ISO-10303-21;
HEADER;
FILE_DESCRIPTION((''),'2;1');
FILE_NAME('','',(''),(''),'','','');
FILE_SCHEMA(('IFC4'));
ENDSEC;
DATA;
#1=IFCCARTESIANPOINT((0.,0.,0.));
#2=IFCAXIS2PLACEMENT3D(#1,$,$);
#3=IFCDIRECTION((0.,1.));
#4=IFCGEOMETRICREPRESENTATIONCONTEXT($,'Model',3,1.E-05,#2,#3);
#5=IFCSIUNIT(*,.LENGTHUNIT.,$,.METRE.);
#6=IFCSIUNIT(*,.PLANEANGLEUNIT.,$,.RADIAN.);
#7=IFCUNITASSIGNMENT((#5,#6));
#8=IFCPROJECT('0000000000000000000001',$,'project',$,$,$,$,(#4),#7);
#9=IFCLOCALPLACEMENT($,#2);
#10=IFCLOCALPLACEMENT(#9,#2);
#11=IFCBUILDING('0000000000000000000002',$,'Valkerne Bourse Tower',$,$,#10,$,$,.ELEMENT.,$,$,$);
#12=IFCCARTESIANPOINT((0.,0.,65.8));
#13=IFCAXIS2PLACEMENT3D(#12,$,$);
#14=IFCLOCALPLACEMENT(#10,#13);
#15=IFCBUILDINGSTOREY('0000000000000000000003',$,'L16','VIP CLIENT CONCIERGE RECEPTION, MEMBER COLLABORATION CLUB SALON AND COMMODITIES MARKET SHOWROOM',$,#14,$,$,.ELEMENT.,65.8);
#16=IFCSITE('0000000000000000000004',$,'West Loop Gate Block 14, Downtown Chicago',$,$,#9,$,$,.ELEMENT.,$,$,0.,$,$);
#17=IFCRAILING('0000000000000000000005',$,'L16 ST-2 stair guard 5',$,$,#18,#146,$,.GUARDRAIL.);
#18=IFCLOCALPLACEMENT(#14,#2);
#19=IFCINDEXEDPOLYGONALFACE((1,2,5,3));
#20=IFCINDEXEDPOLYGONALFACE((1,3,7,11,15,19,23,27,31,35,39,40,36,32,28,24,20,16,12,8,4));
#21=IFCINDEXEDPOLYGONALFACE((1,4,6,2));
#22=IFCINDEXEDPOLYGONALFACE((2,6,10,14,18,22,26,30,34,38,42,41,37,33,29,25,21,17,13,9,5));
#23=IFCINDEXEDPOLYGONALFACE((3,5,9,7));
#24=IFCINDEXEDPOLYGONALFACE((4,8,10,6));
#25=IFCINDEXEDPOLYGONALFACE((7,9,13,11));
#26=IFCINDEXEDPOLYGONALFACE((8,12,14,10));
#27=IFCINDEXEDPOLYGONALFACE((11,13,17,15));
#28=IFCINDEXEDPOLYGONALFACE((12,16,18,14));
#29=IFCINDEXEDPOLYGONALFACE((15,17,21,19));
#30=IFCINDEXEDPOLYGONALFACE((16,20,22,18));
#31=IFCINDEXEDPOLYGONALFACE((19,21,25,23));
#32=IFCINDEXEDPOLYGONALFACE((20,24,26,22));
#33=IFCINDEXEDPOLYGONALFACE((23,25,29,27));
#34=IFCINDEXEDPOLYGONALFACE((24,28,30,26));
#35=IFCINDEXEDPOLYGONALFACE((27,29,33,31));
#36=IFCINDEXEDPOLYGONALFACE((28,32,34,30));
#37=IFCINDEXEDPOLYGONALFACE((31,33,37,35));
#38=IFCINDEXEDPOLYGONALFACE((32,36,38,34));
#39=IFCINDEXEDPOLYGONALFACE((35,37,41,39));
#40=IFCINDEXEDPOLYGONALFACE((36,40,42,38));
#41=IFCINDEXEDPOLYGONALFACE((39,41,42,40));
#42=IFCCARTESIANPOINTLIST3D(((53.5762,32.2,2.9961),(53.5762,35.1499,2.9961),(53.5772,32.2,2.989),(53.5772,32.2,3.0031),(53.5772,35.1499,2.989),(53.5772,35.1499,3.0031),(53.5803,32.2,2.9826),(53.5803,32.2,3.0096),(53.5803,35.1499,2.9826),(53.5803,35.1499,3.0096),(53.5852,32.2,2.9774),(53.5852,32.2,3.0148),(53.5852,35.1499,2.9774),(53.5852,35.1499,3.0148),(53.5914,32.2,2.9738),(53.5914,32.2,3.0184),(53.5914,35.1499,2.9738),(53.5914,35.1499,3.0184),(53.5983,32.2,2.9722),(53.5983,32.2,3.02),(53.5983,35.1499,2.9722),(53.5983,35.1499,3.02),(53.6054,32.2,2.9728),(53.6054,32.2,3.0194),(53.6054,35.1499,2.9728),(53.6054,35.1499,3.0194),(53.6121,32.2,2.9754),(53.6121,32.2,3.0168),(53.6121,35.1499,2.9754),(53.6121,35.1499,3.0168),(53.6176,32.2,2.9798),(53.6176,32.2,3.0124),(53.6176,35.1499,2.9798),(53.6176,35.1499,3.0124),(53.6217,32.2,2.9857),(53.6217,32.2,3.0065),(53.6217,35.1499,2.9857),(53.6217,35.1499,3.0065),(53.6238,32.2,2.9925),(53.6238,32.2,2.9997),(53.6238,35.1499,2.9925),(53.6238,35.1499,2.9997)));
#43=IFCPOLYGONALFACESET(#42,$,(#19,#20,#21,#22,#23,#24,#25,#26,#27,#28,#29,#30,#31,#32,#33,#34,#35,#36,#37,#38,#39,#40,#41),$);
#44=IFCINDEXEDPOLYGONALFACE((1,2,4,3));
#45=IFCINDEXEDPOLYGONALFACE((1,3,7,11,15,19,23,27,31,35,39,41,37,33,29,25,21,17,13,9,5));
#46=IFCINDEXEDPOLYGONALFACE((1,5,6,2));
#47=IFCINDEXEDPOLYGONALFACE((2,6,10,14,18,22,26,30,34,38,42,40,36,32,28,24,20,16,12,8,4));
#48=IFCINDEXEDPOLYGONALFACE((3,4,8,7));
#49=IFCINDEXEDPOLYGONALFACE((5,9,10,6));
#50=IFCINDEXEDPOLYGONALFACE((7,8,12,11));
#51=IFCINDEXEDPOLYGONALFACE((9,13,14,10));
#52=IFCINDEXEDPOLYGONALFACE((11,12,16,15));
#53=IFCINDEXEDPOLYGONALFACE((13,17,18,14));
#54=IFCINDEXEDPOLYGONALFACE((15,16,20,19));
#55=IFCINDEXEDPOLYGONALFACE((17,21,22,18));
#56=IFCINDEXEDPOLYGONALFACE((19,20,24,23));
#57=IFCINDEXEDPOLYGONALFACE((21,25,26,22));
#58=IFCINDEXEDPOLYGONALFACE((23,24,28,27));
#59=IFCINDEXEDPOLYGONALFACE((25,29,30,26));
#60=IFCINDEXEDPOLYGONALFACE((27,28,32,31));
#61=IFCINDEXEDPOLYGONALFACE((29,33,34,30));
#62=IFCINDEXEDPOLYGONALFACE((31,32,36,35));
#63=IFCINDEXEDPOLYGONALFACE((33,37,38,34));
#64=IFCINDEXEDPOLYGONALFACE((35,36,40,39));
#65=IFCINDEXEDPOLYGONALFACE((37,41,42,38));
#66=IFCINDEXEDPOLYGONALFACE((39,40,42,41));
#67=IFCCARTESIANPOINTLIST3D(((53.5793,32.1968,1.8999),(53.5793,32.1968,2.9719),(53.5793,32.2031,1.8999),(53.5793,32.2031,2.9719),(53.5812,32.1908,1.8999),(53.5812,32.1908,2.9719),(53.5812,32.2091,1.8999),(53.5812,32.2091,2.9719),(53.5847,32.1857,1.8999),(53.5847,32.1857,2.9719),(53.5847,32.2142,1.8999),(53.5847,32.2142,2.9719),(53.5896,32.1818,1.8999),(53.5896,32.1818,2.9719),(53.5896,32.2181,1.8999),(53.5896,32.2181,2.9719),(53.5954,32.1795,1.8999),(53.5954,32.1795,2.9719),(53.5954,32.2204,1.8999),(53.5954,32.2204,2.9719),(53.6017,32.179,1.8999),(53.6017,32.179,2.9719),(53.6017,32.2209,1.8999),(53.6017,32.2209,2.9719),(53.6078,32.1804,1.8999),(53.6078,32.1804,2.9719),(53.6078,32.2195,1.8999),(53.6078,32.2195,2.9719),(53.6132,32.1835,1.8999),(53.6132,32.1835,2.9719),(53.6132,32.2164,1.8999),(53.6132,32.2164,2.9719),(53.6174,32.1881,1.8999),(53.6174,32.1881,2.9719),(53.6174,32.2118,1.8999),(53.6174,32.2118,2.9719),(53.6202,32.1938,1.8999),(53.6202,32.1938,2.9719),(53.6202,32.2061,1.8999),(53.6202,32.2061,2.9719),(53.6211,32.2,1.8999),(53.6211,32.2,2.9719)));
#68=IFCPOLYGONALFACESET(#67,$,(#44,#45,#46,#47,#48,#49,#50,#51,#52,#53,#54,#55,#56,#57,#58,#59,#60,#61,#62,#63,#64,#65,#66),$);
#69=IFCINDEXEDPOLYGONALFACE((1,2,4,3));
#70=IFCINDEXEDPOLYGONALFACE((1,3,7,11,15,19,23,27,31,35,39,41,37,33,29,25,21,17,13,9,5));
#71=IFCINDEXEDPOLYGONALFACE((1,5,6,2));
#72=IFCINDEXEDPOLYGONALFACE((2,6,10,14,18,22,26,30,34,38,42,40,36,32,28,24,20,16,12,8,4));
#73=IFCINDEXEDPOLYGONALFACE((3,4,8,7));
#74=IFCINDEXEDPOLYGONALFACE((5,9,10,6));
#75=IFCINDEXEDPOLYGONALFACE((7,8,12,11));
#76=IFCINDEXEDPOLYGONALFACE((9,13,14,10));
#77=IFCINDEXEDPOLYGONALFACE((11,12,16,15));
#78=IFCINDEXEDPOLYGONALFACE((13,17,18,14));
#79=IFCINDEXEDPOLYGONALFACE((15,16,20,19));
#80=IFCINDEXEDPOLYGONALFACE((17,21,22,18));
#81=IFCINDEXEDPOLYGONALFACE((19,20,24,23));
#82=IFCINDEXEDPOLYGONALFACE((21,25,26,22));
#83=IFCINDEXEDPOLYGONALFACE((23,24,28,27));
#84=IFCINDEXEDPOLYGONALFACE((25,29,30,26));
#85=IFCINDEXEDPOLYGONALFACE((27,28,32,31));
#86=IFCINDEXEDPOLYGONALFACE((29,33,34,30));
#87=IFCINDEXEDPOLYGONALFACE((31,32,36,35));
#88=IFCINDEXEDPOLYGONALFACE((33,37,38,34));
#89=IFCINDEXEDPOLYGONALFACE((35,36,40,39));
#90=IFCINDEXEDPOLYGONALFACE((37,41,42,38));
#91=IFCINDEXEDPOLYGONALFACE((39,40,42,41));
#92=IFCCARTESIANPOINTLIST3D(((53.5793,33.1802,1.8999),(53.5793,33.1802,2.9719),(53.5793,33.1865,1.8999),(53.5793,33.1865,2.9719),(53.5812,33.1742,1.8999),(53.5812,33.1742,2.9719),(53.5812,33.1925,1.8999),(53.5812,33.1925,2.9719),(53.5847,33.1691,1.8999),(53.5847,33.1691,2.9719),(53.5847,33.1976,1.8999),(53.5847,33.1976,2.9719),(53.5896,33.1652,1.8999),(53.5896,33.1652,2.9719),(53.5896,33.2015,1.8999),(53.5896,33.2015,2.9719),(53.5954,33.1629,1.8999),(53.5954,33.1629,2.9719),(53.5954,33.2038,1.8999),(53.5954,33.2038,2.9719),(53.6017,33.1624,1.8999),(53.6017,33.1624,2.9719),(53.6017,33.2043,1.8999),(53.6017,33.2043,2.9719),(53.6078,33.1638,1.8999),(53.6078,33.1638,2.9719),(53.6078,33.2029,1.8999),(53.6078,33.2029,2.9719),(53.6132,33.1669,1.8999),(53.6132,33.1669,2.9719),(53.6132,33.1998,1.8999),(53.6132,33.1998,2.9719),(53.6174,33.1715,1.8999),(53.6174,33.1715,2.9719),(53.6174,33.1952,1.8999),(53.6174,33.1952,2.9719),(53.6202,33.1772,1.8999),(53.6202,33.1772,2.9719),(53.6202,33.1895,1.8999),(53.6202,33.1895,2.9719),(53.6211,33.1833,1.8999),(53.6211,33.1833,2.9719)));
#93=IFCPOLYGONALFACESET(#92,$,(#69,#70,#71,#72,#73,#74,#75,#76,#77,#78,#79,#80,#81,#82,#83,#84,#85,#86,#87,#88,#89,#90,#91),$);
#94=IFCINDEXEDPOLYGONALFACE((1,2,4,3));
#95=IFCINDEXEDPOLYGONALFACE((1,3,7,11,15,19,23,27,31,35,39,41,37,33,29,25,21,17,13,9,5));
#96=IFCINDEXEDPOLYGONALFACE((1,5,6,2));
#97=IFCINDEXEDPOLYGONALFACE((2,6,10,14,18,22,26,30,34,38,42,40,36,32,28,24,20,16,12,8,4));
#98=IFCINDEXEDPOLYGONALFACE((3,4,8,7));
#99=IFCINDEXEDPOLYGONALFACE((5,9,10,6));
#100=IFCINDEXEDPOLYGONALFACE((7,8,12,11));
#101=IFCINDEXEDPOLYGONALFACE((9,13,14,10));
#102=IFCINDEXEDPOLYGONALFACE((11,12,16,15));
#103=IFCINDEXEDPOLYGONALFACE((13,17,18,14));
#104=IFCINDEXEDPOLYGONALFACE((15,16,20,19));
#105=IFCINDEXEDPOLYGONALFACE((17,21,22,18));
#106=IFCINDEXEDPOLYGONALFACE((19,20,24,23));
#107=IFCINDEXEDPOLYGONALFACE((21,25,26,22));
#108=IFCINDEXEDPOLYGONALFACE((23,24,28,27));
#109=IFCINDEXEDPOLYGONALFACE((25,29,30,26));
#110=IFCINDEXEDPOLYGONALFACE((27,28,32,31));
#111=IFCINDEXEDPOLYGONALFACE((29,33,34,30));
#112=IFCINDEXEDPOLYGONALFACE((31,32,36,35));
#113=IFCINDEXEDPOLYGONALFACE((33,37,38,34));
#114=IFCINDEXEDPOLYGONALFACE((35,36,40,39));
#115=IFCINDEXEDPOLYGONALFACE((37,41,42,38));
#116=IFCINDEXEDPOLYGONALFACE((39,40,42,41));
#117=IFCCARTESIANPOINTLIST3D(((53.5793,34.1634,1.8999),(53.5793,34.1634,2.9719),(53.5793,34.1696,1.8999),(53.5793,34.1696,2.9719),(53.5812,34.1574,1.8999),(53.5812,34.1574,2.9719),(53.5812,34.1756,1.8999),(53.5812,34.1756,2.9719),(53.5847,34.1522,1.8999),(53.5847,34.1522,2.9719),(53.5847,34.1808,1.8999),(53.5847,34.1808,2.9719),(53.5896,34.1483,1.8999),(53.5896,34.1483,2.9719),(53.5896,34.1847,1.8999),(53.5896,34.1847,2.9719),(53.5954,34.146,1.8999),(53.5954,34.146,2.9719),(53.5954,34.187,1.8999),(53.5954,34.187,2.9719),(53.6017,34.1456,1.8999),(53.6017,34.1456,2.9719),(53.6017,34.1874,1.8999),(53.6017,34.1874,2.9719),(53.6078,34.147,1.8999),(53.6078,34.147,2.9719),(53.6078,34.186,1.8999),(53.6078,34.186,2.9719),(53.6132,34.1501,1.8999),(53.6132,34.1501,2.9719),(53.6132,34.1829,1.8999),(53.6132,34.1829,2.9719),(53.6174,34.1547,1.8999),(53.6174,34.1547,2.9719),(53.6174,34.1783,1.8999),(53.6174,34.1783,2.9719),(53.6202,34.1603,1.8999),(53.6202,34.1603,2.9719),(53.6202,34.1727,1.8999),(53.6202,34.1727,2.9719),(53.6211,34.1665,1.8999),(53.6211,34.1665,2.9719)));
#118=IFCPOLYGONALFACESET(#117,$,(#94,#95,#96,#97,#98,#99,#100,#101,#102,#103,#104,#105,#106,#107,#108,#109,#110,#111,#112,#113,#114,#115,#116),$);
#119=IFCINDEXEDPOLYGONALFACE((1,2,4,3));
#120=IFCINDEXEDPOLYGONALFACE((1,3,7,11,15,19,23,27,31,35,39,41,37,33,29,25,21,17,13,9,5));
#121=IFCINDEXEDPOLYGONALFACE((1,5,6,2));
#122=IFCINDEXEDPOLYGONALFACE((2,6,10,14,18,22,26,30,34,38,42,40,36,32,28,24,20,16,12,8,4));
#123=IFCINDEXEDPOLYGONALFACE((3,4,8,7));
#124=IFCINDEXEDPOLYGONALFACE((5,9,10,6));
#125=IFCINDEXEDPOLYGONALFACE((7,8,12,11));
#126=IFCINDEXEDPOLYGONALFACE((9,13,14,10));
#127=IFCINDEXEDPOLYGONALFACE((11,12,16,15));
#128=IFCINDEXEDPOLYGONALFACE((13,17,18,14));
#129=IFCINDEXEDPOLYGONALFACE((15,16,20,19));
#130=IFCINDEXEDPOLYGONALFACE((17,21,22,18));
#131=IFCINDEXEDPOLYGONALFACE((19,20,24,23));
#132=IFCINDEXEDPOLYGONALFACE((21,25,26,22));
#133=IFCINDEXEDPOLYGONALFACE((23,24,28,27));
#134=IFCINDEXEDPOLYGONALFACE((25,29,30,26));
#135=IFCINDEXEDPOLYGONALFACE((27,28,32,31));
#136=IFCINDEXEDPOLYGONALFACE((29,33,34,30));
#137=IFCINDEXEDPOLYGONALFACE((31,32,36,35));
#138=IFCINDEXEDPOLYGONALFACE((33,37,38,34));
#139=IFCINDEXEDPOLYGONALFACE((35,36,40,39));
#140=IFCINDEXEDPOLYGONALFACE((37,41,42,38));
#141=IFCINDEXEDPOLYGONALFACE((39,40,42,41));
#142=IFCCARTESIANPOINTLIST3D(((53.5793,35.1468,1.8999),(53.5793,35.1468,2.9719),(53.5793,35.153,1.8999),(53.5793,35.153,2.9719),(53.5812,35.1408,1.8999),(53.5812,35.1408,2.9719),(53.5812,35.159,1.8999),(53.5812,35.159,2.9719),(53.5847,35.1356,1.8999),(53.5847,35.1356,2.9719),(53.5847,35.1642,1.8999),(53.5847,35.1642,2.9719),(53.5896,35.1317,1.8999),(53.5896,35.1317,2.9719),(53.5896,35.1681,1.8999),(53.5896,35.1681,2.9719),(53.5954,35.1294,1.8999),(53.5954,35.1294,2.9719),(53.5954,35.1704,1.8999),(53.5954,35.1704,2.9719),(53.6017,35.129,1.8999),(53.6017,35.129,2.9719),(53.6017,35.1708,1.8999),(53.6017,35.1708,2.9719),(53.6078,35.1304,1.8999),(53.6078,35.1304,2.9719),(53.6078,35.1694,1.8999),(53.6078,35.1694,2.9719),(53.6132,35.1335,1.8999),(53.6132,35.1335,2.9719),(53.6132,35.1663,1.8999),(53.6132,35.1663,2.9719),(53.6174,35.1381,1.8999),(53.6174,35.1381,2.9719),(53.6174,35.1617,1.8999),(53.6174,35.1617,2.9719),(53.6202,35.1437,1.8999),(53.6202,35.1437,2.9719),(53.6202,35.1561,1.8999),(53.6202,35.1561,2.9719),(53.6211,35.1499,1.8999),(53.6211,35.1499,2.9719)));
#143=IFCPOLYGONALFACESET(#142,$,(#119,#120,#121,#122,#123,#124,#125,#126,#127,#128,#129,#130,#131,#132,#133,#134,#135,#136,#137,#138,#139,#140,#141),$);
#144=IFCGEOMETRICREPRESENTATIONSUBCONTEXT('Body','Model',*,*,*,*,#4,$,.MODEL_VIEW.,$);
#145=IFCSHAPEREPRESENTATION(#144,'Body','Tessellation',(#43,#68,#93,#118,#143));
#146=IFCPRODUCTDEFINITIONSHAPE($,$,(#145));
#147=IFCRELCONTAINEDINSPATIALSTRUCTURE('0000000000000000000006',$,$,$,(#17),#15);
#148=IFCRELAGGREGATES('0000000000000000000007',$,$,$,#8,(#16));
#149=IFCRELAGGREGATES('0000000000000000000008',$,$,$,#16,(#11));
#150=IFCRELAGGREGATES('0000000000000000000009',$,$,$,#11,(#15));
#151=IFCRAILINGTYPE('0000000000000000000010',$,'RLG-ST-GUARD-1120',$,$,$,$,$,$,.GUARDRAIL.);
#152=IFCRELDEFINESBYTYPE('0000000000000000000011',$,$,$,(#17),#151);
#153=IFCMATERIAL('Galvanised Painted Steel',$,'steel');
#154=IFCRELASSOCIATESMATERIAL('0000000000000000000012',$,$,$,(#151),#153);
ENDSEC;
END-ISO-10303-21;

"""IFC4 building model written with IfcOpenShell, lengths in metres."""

from ifc_helpers import new_model, si_unit, direction, frame, origin, origin_2d, place, context, subcontext, project, spatial, circle, extrude, material, type_object, element, save


model = new_model("IFC4")

# Units and contexts
model_context = context("Model", 3, precision=1e-05, world=origin(), true_north=direction((0.0, 1.0)))
body_context = subcontext(model_context, "Body", "Model", "MODEL_VIEW")
ifc_project = project(units=[si_unit("LENGTHUNIT", "METRE"), si_unit("PLANEANGLEUNIT", "RADIAN")], contexts=[model_context])

# Site, building, storey
site_placement = place(None, origin())
site = spatial("IfcSite", under=ifc_project, at=site_placement, Name="West Loop Gate Block 14, Downtown Chicago", CompositionType="ELEMENT", RefElevation=0.0)
building_placement = place(site_placement, origin())
building = spatial("IfcBuilding", under=site, at=building_placement, Name="Valkerne Bourse Tower", CompositionType="ELEMENT")
storey_placement = place(building_placement, frame((0.0, 0.0, 65.8)))
storey = spatial("IfcBuildingStorey", under=building, at=storey_placement, Name="L16", Description="VIP CLIENT CONCIERGE RECEPTION, MEMBER COLLABORATION CLUB SALON AND COMMODITIES MARKET SHOWROOM", CompositionType="ELEMENT", Elevation=65.8)

# Railing
ifc_material_1 = material(Name="Galvanised Painted Steel", Category="steel")
railing_type_1 = type_object("IfcRailingType", Name="RLG-ST-GUARD-1120", PredefinedType="GUARDRAIL", material=ifc_material_1)
railing_1_placement = place(storey_placement, frame((53.6001, 32.2, 1.8999)))
element("IfcRailing", 1, at=railing_1_placement, inside=storey, type_object=railing_type_1, Name="L16 ST-2 stair guard 5", PredefinedType="GUARDRAIL", context=body_context, shape_type="SweptSolid", body=[
    extrude(circle(Radius=0.0239, at=origin_2d()), frame((0.0, 0.0, 1.0962), z_axis=(0.0, 1.0, 0.0), x_axis=(-1.0, 0.0, 0.0)), (0.0, 0.0, 1.0), 2.95),
    extrude(circle(Radius=0.021, at=origin_2d()), origin(), (0.0, 0.0, 1.0), 1.072),
    extrude(circle(Radius=0.021, at=origin_2d()), frame((0.0, 0.9834, 0.0)), (0.0, 0.0, 1.0), 1.072),
    extrude(circle(Radius=0.021, at=origin_2d()), frame((0.0, 1.9666, 0.0)), (0.0, 0.0, 1.0), 1.072),
    extrude(circle(Radius=0.021, at=origin_2d()), frame((0.0, 2.95, 0.0)), (0.0, 0.0, 1.0), 1.072),
])

save(model, "model.ifc")
